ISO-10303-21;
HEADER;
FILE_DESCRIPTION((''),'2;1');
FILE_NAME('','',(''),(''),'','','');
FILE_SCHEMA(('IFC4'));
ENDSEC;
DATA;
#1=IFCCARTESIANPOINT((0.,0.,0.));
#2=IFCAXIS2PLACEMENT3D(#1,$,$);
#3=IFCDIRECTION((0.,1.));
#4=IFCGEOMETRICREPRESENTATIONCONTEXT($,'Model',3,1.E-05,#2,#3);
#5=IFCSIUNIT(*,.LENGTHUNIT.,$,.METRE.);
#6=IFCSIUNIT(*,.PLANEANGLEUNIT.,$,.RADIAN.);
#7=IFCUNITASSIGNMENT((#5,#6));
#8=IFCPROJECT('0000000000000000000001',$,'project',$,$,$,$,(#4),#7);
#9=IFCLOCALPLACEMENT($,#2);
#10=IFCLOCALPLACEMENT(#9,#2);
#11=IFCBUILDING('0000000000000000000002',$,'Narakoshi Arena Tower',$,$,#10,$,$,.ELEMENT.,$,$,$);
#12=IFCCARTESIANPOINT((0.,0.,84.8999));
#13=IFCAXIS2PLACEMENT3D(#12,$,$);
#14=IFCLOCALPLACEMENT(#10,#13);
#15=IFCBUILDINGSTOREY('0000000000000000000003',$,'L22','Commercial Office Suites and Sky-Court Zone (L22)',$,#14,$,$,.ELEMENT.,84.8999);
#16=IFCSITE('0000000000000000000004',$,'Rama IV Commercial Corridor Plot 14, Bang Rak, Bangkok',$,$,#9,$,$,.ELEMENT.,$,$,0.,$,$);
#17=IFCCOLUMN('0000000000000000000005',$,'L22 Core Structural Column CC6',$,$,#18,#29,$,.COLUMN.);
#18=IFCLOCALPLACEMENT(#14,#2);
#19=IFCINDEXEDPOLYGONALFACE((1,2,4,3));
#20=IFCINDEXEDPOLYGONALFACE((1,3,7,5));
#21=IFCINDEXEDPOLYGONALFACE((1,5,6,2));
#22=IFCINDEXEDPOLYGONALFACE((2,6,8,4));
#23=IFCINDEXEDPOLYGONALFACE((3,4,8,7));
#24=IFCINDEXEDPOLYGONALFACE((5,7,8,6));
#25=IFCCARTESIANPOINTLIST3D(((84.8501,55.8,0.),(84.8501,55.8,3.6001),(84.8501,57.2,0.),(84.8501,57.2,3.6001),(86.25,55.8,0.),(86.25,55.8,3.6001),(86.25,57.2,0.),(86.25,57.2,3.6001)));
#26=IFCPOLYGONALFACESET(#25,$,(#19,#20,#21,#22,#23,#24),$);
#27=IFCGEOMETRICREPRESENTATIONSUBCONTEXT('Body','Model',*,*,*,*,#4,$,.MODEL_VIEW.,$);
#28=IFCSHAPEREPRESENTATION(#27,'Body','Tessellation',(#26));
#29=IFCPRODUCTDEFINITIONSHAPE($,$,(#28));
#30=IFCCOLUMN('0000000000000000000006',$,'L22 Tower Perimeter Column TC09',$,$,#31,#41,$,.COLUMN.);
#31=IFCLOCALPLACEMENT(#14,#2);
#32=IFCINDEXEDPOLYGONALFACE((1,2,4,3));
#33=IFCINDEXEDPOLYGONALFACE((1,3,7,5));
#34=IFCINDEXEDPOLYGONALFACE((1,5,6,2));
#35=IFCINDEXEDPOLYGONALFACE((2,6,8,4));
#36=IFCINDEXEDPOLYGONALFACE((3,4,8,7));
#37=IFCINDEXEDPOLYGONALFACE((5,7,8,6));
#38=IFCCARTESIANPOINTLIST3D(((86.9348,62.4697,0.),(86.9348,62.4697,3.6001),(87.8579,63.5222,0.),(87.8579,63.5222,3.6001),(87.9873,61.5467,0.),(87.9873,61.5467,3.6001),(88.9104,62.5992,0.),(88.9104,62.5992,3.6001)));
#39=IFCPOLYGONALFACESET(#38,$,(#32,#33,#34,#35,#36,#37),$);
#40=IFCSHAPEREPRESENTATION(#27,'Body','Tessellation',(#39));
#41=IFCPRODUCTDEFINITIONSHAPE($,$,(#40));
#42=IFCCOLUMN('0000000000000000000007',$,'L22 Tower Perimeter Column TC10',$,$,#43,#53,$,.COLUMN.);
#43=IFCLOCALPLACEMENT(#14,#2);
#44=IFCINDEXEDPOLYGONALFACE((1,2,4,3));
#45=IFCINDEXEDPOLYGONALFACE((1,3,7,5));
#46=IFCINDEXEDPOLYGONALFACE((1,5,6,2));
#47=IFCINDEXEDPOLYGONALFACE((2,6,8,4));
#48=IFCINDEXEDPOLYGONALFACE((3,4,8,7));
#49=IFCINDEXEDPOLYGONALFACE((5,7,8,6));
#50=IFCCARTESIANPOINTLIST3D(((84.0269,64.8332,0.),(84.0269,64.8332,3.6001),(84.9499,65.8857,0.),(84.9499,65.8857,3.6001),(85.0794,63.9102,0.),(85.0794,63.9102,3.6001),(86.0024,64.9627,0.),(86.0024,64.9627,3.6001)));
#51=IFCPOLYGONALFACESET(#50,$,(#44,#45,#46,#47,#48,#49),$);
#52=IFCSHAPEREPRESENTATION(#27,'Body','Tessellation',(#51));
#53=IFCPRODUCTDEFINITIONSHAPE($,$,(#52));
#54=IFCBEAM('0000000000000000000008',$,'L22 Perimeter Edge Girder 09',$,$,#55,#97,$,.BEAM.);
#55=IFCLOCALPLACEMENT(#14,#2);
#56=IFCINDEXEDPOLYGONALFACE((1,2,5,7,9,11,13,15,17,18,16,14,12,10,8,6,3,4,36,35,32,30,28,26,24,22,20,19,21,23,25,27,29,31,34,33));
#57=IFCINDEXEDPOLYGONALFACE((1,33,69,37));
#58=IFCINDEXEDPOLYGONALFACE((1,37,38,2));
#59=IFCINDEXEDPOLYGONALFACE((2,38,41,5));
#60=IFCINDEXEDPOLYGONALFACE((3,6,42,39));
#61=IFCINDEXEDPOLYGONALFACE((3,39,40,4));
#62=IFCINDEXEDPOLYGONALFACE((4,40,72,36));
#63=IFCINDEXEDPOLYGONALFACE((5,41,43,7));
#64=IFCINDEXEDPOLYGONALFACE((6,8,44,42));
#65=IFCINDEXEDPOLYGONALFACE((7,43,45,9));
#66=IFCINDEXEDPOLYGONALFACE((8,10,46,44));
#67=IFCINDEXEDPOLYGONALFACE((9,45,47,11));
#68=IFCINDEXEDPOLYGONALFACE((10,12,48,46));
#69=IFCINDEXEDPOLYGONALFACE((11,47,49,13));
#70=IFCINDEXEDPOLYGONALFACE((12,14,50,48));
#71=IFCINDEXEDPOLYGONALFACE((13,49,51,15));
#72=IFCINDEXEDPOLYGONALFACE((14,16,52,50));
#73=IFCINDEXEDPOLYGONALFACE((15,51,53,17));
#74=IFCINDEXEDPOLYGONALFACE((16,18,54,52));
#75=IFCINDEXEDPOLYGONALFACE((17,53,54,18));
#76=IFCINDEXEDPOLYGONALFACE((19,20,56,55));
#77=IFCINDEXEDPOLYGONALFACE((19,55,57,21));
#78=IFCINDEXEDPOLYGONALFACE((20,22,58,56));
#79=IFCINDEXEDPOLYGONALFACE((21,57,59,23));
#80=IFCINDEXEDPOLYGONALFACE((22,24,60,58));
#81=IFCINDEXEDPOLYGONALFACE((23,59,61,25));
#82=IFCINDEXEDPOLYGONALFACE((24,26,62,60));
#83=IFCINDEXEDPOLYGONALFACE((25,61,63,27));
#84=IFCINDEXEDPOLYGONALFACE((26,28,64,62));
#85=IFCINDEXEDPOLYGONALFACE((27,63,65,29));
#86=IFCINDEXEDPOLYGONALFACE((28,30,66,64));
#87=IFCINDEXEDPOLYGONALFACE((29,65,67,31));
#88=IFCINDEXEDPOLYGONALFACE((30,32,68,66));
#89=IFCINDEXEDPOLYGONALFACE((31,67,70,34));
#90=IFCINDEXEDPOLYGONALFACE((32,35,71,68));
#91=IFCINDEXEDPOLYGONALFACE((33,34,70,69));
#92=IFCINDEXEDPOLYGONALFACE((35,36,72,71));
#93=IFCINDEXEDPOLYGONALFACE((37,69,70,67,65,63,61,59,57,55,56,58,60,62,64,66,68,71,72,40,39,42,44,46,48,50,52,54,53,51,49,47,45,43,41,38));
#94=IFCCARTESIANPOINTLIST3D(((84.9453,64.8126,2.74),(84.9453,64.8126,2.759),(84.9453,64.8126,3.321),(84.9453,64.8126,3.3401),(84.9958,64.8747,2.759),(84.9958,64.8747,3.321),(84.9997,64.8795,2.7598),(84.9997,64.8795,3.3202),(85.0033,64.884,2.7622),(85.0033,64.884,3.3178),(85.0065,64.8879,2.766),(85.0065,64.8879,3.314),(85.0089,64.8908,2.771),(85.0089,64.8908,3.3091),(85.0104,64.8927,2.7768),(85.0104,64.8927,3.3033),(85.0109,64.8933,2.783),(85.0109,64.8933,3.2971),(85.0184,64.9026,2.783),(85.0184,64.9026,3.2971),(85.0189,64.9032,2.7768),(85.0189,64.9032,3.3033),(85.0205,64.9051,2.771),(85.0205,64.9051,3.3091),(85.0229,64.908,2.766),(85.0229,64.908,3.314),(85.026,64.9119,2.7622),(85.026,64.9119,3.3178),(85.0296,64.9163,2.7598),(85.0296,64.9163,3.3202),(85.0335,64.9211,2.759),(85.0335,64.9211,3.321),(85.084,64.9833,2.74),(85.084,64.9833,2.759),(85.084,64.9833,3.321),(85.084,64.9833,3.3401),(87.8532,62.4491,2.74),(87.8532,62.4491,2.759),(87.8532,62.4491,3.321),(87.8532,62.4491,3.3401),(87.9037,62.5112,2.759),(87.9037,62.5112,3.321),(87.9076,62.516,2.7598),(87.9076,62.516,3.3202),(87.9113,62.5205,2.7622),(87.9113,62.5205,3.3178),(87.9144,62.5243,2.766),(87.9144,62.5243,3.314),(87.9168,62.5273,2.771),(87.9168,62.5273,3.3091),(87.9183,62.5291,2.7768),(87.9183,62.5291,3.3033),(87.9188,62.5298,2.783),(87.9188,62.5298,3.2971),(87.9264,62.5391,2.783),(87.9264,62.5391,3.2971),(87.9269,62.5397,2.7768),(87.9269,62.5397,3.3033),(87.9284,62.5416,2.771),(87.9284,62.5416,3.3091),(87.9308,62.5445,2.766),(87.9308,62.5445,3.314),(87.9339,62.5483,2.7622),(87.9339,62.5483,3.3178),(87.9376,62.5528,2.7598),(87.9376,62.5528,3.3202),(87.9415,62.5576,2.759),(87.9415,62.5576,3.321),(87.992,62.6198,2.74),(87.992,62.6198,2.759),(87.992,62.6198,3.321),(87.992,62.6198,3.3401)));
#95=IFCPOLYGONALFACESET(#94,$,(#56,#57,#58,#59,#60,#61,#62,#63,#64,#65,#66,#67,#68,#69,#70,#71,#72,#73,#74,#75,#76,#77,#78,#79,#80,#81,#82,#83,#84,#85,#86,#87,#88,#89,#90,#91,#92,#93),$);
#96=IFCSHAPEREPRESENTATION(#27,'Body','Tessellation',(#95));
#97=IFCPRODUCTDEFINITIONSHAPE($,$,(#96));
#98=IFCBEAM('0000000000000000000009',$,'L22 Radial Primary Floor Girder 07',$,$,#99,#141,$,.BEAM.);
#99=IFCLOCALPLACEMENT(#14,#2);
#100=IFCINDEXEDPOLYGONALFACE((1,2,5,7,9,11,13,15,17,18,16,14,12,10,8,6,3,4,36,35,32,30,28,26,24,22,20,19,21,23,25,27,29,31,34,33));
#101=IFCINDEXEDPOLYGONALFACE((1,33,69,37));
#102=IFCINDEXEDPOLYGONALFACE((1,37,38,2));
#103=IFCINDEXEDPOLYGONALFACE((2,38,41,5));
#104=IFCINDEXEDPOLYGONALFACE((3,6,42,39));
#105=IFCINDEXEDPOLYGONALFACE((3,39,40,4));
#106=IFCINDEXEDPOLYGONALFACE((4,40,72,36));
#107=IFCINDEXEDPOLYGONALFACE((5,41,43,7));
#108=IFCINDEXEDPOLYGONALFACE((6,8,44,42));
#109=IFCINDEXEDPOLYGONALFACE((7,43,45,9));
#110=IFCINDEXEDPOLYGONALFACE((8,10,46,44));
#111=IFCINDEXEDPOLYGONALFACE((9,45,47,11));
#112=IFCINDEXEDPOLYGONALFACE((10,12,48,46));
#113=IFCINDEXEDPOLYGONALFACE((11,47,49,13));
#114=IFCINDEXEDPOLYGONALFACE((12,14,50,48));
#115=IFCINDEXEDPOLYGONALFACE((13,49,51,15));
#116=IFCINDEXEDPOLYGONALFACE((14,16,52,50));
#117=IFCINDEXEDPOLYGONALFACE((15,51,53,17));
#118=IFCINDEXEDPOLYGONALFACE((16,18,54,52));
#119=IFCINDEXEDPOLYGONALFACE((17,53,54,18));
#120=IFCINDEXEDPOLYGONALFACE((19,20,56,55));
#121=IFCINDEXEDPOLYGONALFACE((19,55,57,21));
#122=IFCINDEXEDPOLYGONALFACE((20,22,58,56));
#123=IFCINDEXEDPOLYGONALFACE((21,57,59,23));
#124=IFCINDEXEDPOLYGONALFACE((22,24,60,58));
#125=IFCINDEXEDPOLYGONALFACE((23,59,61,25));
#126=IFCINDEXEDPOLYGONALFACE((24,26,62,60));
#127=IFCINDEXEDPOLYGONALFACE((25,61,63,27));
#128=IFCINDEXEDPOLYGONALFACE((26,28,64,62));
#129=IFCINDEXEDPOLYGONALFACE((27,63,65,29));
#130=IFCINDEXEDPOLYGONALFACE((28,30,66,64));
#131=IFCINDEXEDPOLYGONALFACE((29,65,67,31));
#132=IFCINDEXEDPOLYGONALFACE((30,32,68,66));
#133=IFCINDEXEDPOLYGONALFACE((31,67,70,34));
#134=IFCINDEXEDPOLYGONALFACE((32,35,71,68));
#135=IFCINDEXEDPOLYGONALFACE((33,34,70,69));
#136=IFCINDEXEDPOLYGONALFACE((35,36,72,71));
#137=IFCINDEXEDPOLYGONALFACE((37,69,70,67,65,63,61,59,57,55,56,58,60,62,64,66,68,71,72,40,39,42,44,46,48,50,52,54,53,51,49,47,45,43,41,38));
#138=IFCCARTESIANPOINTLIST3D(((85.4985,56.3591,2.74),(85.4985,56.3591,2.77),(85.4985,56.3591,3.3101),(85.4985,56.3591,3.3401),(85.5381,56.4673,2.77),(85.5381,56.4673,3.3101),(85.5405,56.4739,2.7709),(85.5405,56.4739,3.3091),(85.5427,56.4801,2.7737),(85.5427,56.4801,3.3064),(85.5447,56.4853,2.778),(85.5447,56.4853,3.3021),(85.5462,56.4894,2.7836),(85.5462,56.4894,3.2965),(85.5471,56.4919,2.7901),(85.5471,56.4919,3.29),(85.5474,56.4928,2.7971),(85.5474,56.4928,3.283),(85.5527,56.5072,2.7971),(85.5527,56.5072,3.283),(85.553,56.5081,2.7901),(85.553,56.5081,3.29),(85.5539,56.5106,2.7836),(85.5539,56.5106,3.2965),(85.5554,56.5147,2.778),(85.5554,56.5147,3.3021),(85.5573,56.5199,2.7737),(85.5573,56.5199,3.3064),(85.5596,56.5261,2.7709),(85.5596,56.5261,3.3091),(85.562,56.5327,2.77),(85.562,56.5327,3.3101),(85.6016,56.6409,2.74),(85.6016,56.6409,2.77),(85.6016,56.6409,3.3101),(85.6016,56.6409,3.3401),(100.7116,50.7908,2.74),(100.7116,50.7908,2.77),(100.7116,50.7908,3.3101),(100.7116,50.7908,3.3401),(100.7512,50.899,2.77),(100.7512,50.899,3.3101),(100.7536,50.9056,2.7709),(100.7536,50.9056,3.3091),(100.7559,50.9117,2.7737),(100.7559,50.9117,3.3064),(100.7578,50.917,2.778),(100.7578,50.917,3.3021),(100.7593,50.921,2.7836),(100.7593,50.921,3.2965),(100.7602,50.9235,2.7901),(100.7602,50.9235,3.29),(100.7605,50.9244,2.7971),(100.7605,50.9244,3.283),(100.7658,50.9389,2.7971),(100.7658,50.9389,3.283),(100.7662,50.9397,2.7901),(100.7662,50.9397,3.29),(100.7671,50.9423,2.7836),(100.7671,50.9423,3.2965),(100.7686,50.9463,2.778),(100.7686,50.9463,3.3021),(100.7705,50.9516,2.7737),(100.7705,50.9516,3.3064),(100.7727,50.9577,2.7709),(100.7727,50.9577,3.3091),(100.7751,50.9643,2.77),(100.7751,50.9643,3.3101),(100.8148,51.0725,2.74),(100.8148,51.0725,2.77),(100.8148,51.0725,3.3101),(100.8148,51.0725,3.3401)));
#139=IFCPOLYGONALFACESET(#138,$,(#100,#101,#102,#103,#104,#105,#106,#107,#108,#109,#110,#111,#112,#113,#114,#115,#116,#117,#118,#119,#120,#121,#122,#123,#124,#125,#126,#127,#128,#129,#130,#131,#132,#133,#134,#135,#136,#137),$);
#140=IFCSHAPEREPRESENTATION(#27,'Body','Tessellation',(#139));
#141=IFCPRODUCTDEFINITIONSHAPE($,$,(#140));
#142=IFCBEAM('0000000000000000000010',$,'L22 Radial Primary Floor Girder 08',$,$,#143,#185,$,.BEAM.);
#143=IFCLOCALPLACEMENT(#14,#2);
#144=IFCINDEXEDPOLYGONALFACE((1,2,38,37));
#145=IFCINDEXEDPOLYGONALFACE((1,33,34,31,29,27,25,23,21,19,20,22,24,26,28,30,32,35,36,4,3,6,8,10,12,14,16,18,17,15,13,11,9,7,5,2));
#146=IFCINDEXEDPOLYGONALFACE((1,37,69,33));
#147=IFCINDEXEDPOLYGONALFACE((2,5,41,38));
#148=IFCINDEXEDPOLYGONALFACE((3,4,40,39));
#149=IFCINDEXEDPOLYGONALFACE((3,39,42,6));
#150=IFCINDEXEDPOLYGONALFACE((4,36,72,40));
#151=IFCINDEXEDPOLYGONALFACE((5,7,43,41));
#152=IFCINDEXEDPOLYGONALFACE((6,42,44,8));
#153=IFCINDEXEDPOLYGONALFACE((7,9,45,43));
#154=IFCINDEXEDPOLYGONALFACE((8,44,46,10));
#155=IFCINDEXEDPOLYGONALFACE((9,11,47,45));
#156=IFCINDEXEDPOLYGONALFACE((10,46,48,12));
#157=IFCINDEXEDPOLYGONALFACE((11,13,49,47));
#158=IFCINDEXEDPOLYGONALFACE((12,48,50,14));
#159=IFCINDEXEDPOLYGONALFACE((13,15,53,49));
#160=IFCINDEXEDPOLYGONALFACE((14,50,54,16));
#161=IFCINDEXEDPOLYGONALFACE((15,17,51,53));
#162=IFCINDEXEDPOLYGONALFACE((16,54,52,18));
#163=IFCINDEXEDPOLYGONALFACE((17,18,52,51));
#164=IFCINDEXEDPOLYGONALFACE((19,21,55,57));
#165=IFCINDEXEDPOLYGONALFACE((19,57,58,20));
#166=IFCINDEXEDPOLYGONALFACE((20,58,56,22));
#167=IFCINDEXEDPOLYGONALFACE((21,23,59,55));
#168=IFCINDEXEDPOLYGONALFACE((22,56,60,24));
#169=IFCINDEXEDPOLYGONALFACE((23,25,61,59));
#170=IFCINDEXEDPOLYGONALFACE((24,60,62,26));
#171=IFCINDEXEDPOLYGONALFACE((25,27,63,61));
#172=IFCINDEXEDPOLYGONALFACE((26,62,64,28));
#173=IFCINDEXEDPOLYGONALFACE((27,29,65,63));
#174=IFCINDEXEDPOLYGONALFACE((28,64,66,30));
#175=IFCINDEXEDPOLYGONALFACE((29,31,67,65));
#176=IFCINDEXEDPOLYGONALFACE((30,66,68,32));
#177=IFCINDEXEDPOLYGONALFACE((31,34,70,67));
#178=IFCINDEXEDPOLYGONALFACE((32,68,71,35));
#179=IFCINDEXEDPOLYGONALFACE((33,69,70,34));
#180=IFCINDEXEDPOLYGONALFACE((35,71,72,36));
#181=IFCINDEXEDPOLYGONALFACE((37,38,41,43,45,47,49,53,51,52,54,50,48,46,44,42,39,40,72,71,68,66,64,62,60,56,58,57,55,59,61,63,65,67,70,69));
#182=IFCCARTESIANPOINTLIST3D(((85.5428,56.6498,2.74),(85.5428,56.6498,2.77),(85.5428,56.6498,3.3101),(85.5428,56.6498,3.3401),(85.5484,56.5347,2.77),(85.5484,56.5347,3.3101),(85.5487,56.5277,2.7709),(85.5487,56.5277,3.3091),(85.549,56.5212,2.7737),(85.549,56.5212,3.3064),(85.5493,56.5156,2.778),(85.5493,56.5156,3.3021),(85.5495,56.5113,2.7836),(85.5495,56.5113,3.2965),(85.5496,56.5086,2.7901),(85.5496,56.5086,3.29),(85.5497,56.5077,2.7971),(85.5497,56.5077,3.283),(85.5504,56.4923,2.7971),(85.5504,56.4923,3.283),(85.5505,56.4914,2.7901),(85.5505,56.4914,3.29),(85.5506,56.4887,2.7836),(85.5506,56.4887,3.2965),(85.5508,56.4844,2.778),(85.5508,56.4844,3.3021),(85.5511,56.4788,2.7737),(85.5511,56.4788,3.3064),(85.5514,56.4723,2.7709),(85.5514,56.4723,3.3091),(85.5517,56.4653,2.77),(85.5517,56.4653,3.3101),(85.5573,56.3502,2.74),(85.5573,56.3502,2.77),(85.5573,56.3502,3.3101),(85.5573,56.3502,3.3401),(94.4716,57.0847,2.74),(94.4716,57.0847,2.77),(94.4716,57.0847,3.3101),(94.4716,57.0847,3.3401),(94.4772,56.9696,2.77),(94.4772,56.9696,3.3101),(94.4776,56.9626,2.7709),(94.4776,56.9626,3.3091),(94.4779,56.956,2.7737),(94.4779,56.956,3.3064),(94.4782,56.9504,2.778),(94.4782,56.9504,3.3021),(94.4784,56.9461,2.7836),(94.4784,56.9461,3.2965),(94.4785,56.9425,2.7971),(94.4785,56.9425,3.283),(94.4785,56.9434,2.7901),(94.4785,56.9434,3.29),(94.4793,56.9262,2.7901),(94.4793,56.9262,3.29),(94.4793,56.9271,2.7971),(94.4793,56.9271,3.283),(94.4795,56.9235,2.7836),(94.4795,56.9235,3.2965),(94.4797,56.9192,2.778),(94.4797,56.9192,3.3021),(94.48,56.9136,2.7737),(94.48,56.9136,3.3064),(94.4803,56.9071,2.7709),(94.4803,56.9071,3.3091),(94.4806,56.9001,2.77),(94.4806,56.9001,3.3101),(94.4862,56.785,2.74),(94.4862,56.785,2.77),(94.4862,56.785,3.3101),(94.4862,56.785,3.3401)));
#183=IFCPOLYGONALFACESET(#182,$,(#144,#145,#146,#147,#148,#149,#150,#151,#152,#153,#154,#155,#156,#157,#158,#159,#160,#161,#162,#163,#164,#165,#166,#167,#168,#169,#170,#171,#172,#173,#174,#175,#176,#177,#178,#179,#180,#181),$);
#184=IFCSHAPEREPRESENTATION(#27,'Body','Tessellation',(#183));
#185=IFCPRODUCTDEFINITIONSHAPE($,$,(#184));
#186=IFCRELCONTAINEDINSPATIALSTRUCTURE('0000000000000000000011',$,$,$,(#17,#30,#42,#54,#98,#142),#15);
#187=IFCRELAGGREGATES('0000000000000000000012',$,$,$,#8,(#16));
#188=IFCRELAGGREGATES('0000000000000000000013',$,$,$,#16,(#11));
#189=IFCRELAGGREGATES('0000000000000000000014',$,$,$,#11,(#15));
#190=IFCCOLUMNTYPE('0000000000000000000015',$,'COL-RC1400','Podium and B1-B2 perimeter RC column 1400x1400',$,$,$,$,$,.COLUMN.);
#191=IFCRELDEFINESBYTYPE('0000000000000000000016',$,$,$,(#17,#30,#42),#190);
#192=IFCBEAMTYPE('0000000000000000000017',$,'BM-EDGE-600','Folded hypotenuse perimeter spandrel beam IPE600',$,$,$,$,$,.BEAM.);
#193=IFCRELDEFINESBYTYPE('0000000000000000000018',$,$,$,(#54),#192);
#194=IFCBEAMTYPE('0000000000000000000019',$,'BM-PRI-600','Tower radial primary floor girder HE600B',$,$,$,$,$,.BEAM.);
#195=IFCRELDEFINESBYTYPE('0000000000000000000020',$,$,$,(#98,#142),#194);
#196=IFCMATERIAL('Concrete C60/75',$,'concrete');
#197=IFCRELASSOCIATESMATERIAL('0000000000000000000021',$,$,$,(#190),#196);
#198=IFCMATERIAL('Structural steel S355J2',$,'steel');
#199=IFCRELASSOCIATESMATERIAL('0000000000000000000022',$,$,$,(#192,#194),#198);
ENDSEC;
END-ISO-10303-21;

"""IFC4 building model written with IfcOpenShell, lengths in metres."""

from ifc_helpers import new_model, si_unit, direction, frame, origin, origin_2d, place, context, subcontext, project, spatial, rectangle, i_section, extrude, material, material_profile, profile_set, type_object, element, save


model = new_model("IFC4")

# Units and contexts
model_context = context("Model", 3, precision=1e-05, world=origin(), true_north=direction((0.0, 1.0)))
body_context = subcontext(model_context, "Body", "Model", "MODEL_VIEW")
ifc_project = project(units=[si_unit("LENGTHUNIT", "METRE"), si_unit("PLANEANGLEUNIT", "RADIAN")], contexts=[model_context])

# Site, building, storey
site_placement = place(None, origin())
site = spatial("IfcSite", under=ifc_project, at=site_placement, Name="Rama IV Commercial Corridor Plot 14, Bang Rak, Bangkok", CompositionType="ELEMENT", RefElevation=0.0)
building_placement = place(site_placement, origin())
building = spatial("IfcBuilding", under=site, at=building_placement, Name="Narakoshi Arena Tower", CompositionType="ELEMENT")
storey_placement = place(building_placement, frame((0.0, 0.0, 84.8999)))
storey = spatial("IfcBuildingStorey", under=building, at=storey_placement, Name="L22", Description="Commercial Office Suites and Sky-Court Zone (L22)", CompositionType="ELEMENT", Elevation=84.8999)

# Columns
ifc_material_1 = material(Name="Concrete C60/75", Category="concrete")
ifc_material_profile_1 = material_profile(ifc_material_1, rectangle(XDim=1.3999, YDim=1.3999, at=origin_2d()), Name="RC1400x1400")
ifc_profile_set_1 = profile_set([ifc_material_profile_1], Name="Concrete C60/75")
column_type = type_object("IfcColumnType", Name="COL-RC1400", Description="Podium and B1-B2 perimeter RC column 1400x1400", PredefinedType="COLUMN", material=ifc_profile_set_1)
for number, where, z_axis, x_axis, name in (
    (1, (85.55, 56.5, 0.0), (0.0, 0.0, 1.0), (1.0, 0.0, 0.0), "L22 Core Structural Column CC6"),
    (2, (87.9226, 62.5344, 0.0), (0.0, 0.0, 1.0), (0.659346, 0.75184, 0.0), "L22 Tower Perimeter Column TC09"),
    (3, (85.0146, 64.8979, 0.0), (0.0, 0.0, 1.0), (0.659346, 0.75184, 0.0), "L22 Tower Perimeter Column TC10"),
):
    element("IfcColumn", number, at=place(storey_placement, frame(where, z_axis=z_axis, x_axis=x_axis)), inside=storey, type_object=column_type, Name=name, PredefinedType="COLUMN", context=body_context, shape_type="SweptSolid", body=[
        extrude(rectangle(XDim=1.3999, YDim=1.3999, at=origin_2d()), origin(), (0.0, 0.0, 1.0), 3.6001),
    ])

# Beams
ifc_material_2 = material(Name="Structural steel S355J2", Category="steel")
ifc_material_profile_2 = material_profile(ifc_material_2, i_section(OverallWidth=0.22, OverallDepth=0.6001, WebThickness=0.012, FlangeThickness=0.019, FilletRadius=0.0239, at=origin_2d()), Name="IPE600")
ifc_profile_set_2 = profile_set([ifc_material_profile_2], Name="Structural steel S355J2")
beam_type_1 = type_object("IfcBeamType", Name="BM-EDGE-600", Description="Folded hypotenuse perimeter spandrel beam IPE600", PredefinedType="BEAM", material=ifc_profile_set_2)
beam_1_placement = place(storey_placement, frame((87.9226, 62.5344, 3.04), z_axis=(-0.776008, 0.630723, 0.0), x_axis=(-0.630723, -0.776008, 0.0)))
element("IfcBeam", 4, at=beam_1_placement, inside=storey, type_object=beam_type_1, Name="L22 Perimeter Edge Girder 09", PredefinedType="BEAM", context=body_context, shape_type="SweptSolid", body=[
    extrude(i_section(OverallWidth=0.22, OverallDepth=0.6001, WebThickness=0.012, FlangeThickness=0.019, FilletRadius=0.0239, at=origin_2d()), origin(), (0.0, 0.0, 1.0), 3.7473),
])
ifc_material_profile_3 = material_profile(ifc_material_2, i_section(OverallWidth=0.3, OverallDepth=0.6001, WebThickness=0.0154, FlangeThickness=0.03, FilletRadius=0.0271, at=origin_2d()), Name="HE600B")
ifc_profile_set_3 = profile_set([ifc_material_profile_3], Name="Structural steel S355J2")
beam_type_2 = type_object("IfcBeamType", Name="BM-PRI-600", Description="Tower radial primary floor girder HE600B", PredefinedType="BEAM", material=ifc_profile_set_3)
beam_2_placement = place(storey_placement, frame((85.55, 56.5, 3.04), z_axis=(0.939071, -0.343722, 0.0), x_axis=(0.343722, 0.939071, 0.0)))
element("IfcBeam", 5, at=beam_2_placement, inside=storey, type_object=beam_type_2, Name="L22 Radial Primary Floor Girder 07", PredefinedType="BEAM", context=body_context, shape_type="SweptSolid", body=[
    extrude(i_section(OverallWidth=0.3, OverallDepth=0.6001, WebThickness=0.0154, FlangeThickness=0.03, FilletRadius=0.0271, at=origin_2d()), origin(), (0.0, 0.0, 1.0), 16.2002),
])
beam_3_placement = place(storey_placement, frame((85.55, 56.5, 3.04), z_axis=(0.998816, 0.048639, 0.0), x_axis=(-0.048639, 0.998816, 0.0)))
element("IfcBeam", 6, at=beam_3_placement, inside=storey, type_object=beam_type_2, Name="L22 Radial Primary Floor Girder 08", PredefinedType="BEAM", context=body_context, shape_type="SweptSolid", body=[
    extrude(i_section(OverallWidth=0.3, OverallDepth=0.6001, WebThickness=0.0154, FlangeThickness=0.03, FilletRadius=0.0271, at=origin_2d()), origin(), (0.0, 0.0, 1.0), 8.9395),
])

save(model, "model.ifc")
